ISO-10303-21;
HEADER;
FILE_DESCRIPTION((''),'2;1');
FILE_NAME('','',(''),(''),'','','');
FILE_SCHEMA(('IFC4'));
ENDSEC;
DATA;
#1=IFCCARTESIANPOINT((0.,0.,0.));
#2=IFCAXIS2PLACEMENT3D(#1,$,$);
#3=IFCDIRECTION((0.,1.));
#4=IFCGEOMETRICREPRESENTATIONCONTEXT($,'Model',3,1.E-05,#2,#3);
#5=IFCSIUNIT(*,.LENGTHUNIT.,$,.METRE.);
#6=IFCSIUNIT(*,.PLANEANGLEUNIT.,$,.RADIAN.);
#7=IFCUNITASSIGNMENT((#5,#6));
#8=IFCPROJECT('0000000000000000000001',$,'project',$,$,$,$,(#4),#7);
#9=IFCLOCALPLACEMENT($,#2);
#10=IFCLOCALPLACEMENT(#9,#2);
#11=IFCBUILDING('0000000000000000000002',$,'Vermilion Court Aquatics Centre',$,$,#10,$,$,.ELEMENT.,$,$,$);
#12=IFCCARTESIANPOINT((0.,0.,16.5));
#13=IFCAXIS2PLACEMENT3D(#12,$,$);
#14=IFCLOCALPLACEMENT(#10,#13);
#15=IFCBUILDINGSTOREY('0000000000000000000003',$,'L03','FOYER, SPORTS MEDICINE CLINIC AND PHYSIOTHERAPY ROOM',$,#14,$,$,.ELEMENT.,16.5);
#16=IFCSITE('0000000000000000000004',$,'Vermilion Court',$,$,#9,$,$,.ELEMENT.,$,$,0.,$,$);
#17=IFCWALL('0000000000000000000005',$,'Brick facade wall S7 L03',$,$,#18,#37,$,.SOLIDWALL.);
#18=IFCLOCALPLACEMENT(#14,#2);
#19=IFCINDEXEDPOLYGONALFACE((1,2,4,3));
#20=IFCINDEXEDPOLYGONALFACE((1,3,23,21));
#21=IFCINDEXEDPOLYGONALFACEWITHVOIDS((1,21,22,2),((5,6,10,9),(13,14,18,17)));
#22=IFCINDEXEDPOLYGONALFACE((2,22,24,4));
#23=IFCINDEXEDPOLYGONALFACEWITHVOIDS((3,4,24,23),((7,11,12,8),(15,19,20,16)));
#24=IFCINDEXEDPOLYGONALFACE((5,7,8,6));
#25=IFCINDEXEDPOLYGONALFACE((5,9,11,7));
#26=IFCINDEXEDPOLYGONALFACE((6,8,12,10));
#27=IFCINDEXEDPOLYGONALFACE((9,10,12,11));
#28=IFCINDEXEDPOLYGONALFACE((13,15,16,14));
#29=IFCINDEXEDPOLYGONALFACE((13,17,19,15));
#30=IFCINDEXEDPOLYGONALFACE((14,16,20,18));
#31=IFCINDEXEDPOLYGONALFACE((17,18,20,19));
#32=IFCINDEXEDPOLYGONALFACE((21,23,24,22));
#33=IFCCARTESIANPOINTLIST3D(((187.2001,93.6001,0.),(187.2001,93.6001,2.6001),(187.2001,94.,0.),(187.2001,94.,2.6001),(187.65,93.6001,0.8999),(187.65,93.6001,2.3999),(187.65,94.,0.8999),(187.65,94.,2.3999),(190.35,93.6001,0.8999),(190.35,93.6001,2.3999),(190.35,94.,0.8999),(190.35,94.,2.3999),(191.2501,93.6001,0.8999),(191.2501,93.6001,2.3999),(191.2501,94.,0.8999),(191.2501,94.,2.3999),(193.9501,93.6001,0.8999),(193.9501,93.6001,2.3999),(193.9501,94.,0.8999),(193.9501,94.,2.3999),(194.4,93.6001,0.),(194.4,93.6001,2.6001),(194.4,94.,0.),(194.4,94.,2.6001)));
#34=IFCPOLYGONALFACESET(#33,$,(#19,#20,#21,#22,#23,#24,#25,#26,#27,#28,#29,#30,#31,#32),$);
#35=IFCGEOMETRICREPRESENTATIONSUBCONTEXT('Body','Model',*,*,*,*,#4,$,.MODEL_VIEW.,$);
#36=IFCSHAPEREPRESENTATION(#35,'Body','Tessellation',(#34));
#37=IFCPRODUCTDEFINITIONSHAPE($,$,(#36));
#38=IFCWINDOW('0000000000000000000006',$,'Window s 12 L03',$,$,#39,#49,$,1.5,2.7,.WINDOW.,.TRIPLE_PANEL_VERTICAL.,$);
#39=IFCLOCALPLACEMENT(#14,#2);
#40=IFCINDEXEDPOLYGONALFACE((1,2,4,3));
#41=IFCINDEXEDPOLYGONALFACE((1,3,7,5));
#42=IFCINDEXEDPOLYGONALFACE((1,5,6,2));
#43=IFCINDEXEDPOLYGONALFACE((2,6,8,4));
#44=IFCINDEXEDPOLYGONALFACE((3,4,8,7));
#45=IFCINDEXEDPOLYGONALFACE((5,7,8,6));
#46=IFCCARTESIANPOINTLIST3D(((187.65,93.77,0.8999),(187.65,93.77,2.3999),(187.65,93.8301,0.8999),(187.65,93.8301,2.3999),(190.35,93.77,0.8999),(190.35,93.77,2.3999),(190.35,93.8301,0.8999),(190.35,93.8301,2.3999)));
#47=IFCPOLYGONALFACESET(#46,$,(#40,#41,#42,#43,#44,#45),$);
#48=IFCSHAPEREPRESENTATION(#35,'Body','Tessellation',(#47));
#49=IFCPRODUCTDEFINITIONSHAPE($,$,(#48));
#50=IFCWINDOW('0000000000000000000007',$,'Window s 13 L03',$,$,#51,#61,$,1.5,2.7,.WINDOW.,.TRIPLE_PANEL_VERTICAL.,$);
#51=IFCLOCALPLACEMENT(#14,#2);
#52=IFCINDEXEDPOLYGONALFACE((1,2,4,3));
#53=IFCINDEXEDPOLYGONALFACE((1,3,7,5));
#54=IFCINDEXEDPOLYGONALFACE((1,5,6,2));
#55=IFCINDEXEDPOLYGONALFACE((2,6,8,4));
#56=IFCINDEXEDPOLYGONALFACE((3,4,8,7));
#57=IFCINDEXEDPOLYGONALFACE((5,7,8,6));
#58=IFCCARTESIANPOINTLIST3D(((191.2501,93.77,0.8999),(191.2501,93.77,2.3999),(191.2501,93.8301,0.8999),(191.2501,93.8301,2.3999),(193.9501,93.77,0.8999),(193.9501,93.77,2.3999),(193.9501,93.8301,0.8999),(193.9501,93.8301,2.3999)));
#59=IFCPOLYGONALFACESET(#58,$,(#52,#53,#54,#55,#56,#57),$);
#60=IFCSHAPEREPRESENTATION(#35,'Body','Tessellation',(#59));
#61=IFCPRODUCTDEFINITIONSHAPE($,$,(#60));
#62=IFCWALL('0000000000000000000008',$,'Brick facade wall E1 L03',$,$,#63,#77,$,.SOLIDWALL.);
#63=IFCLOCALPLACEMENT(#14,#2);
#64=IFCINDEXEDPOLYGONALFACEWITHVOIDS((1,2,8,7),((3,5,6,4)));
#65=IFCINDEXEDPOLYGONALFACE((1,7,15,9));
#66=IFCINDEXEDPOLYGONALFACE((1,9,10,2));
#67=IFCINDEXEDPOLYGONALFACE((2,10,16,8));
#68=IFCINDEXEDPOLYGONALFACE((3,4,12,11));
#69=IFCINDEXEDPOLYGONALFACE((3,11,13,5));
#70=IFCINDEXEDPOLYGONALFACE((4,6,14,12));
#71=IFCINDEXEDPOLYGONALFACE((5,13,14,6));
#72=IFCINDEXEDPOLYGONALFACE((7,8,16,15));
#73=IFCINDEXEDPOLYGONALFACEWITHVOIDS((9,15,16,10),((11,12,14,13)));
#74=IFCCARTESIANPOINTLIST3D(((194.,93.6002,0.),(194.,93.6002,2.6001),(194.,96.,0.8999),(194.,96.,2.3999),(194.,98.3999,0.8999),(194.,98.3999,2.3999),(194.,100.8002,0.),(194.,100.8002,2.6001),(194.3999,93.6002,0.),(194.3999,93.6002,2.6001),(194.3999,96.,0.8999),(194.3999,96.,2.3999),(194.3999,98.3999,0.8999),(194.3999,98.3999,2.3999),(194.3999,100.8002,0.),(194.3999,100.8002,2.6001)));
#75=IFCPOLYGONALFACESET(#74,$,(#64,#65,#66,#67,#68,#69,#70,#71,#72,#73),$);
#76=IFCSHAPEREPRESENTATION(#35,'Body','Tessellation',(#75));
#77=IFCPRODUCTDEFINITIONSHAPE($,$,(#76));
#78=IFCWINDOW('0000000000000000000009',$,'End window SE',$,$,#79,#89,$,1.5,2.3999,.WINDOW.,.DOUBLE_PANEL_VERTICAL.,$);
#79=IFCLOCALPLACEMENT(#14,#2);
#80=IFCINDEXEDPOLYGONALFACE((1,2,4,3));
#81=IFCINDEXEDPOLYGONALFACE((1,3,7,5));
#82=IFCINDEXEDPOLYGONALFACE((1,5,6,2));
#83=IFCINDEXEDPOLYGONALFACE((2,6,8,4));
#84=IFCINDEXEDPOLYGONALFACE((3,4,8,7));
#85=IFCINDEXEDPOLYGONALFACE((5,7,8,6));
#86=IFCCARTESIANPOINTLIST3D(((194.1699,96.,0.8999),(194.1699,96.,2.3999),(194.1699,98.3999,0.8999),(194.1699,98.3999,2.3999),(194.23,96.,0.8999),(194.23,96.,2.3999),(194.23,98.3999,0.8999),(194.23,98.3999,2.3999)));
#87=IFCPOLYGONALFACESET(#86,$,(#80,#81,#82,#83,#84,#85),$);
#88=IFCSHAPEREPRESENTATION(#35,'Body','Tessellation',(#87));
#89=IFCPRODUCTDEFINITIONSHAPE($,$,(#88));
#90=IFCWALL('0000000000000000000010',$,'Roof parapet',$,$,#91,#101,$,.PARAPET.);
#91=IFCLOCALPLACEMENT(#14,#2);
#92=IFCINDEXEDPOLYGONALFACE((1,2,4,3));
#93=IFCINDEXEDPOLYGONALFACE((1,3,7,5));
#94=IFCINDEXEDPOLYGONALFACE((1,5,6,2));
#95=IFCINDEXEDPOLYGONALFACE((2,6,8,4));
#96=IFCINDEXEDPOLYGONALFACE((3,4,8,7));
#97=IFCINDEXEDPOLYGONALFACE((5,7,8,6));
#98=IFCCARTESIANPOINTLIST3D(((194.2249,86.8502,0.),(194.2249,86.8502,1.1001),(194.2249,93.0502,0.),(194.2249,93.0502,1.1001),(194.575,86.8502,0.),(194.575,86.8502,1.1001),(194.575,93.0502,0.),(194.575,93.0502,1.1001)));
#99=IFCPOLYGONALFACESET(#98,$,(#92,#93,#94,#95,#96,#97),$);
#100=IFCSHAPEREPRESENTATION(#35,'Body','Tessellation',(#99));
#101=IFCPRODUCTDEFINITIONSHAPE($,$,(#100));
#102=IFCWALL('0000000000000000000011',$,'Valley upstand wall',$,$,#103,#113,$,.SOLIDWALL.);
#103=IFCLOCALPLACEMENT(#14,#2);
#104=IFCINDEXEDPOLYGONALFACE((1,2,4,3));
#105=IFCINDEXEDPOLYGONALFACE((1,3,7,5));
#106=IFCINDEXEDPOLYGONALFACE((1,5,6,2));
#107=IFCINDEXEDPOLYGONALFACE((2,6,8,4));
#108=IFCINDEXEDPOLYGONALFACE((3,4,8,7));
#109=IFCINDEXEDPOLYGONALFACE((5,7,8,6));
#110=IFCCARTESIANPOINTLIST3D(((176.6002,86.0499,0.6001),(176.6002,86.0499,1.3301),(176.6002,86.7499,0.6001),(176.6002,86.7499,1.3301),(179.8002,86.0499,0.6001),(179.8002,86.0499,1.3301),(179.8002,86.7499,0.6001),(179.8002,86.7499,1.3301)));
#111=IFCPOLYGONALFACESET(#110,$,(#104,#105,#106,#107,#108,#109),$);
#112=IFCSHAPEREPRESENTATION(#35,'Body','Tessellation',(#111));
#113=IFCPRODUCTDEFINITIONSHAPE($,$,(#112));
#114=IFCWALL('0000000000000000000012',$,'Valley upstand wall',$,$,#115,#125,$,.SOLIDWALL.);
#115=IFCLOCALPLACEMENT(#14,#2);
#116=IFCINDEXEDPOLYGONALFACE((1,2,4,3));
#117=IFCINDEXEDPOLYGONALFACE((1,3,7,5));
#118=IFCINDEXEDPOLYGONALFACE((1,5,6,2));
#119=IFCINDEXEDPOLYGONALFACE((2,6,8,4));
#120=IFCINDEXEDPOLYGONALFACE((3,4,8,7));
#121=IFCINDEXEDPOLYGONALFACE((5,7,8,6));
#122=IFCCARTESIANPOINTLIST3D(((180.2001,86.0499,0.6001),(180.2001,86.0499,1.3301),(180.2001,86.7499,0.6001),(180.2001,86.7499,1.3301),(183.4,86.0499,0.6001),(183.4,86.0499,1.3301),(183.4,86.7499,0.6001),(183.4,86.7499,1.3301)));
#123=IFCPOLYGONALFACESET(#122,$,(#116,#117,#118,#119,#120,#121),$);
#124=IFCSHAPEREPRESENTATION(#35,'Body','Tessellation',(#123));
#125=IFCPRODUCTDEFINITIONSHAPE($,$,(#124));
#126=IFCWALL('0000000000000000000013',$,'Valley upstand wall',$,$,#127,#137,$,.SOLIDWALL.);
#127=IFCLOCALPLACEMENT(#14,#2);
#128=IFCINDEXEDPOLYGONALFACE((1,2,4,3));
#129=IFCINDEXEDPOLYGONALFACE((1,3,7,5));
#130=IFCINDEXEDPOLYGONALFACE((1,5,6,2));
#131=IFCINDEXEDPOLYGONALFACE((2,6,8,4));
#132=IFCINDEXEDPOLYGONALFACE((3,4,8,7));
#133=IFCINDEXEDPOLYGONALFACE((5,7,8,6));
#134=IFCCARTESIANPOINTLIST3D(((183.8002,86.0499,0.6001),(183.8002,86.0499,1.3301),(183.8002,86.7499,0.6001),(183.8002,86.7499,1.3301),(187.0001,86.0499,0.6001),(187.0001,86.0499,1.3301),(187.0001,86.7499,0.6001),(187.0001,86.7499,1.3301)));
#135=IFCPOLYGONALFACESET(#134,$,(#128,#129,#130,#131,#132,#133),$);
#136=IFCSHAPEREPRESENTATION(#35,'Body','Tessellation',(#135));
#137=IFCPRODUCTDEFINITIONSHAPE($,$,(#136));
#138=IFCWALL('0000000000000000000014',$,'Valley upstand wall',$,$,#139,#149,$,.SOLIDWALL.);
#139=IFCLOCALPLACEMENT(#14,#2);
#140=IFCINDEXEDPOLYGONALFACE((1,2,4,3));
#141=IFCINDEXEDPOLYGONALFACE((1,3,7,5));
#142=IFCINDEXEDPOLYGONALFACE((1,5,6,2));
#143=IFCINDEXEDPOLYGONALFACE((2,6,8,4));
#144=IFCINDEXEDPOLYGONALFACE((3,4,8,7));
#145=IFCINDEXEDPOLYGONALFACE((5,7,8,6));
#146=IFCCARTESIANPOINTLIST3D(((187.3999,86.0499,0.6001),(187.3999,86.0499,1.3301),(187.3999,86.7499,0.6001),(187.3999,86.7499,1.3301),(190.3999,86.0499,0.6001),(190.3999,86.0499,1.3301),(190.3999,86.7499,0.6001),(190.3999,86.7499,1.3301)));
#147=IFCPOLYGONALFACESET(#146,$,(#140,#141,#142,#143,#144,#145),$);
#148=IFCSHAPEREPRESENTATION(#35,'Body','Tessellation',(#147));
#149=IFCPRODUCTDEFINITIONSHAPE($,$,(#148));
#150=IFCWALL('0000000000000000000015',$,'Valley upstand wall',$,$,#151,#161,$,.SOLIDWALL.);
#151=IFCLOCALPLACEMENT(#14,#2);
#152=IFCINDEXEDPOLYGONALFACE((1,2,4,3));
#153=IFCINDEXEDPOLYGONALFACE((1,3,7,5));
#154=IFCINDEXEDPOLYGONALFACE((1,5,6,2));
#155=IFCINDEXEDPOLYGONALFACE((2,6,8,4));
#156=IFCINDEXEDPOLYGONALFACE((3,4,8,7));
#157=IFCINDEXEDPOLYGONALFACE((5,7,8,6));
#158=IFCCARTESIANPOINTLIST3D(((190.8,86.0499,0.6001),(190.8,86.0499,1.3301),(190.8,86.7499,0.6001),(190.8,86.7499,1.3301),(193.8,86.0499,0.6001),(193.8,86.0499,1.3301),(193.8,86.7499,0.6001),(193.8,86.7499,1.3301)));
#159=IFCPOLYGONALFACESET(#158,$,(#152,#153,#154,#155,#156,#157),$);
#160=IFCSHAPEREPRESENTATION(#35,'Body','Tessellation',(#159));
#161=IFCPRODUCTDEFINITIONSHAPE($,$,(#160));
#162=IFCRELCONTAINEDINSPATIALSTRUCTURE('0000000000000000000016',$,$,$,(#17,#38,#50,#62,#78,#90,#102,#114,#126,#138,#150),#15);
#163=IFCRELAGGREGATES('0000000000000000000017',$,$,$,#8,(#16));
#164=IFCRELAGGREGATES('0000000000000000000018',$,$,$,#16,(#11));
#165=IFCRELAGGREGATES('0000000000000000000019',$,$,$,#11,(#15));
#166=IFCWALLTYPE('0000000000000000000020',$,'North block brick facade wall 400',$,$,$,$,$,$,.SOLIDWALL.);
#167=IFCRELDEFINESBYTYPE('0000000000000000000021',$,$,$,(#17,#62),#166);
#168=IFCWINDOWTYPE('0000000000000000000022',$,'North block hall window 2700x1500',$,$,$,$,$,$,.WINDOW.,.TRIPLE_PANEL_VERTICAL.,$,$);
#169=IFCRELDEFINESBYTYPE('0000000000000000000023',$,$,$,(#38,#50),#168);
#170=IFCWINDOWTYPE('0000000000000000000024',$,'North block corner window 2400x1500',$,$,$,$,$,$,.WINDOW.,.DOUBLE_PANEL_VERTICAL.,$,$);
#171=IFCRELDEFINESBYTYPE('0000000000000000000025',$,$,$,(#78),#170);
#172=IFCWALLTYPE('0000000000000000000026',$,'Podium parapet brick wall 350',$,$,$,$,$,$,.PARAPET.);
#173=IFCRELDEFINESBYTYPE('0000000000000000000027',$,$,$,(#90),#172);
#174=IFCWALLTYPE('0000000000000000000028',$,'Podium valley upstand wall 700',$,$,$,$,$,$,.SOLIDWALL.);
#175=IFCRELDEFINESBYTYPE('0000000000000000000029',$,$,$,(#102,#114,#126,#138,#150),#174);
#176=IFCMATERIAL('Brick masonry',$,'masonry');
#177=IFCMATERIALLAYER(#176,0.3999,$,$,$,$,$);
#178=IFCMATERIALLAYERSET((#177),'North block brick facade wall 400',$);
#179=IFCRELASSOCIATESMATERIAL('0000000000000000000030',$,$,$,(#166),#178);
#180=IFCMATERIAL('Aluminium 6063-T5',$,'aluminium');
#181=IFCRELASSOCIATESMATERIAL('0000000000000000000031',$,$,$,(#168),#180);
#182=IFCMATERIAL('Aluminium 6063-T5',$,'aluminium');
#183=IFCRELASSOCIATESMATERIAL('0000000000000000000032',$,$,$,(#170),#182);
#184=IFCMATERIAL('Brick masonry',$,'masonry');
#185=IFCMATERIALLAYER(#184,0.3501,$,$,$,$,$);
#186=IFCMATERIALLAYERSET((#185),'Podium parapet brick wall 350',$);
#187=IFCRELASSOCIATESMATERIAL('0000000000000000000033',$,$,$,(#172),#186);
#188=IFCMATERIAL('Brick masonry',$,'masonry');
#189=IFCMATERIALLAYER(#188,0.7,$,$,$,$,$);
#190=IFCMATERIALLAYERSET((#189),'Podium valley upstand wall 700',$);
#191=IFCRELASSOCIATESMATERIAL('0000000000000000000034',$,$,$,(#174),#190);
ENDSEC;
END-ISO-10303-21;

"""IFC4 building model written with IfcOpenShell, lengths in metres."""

from ifc_helpers import new_model, si_unit, direction, frame, frame_2d, origin, place, context, subcontext, project, spatial, rectangle, extrude, material, layer, layer_set, type_object, element, fill, save


model = new_model("IFC4")

# Units and contexts
model_context = context("Model", 3, precision=1e-05, world=origin(), true_north=direction((0.0, 1.0)))
body_context = subcontext(model_context, "Body", "Model", "MODEL_VIEW")
ifc_project = project(units=[si_unit("LENGTHUNIT", "METRE"), si_unit("PLANEANGLEUNIT", "RADIAN")], contexts=[model_context])

# Site, building, storey
site_placement = place(None, origin())
site = spatial("IfcSite", under=ifc_project, at=site_placement, Name="Vermilion Court", CompositionType="ELEMENT", RefElevation=0.0)
building_placement = place(site_placement, origin())
building = spatial("IfcBuilding", under=site, at=building_placement, Name="Vermilion Court Aquatics Centre", CompositionType="ELEMENT")
storey_placement = place(building_placement, frame((0.0, 0.0, 16.5)))
storey = spatial("IfcBuildingStorey", under=building, at=storey_placement, Name="L03", Description="FOYER, SPORTS MEDICINE CLINIC AND PHYSIOTHERAPY ROOM", CompositionType="ELEMENT", Elevation=16.5)

# Wall, openings, windows
ifc_material_1 = material(Name="Brick masonry", Category="masonry")
ifc_layer_1 = layer(ifc_material_1, 0.3999)
ifc_layer_set_1 = layer_set([ifc_layer_1], Name="North block brick facade wall 400")
wall_type_1 = type_object("IfcWallType", Name="North block brick facade wall 400", PredefinedType="SOLIDWALL", material=ifc_layer_set_1)
ifc_material_2 = material(Name="Aluminium 6063-T5", Category="aluminium")
window_type_1 = type_object("IfcWindowType", Name="North block hall window 2700x1500", PartitioningType="TRIPLE_PANEL_VERTICAL", PredefinedType="WINDOW", material=ifc_material_2)
wall_1_placement = place(storey_placement, frame((187.2, 93.8, 0.0), z_axis=(0.0, 0.0, 1.0), x_axis=(1.0, 0.0, 0.0)))
wall_1 = element("IfcWall", 1, at=wall_1_placement, inside=storey, type_object=wall_type_1, Name="Brick facade wall S7 L03", PredefinedType="SOLIDWALL", context=body_context, shape_type="SweptSolid", body=[
    extrude(rectangle(XDim=7.2, YDim=0.3999, at=frame_2d((3.6001, 0.0))), origin(), (0.0, 0.0, 1.0), 2.6001),
])
opening_1_placement = place(wall_1_placement, frame((0.45, 0.0, 0.8999)))
opening_1 = element("IfcOpeningElement", 2, at=opening_1_placement, cuts=wall_1, PredefinedType="OPENING", context=body_context, shape_type="SweptSolid", body=[
    extrude(rectangle(XDim=2.7, YDim=1.5, at=frame_2d((1.3501, 0.75))), frame((0.0, 0.21, 0.0), z_axis=(0.0, -1.0, 0.0), x_axis=(1.0, 0.0, 0.0)), (0.0, 0.0, 1.0), 0.4199),
])
opening_2_placement = place(wall_1_placement, frame((4.05, 0.0, 0.8999)))
opening_2 = element("IfcOpeningElement", 3, at=opening_2_placement, cuts=wall_1, PredefinedType="OPENING", context=body_context, shape_type="SweptSolid", body=[
    extrude(rectangle(XDim=2.7, YDim=1.5, at=frame_2d((1.3501, 0.75))), frame((0.0, 0.21, 0.0), z_axis=(0.0, -1.0, 0.0), x_axis=(1.0, 0.0, 0.0)), (0.0, 0.0, 1.0), 0.4199),
])
window_1_placement = place(opening_1_placement, origin())
window_1 = element("IfcWindow", 4, at=window_1_placement, inside=storey, type_object=window_type_1, Name="Window s 12 L03", OverallHeight=1.5, OverallWidth=2.7, PartitioningType="TRIPLE_PANEL_VERTICAL", PredefinedType="WINDOW", context=body_context, shape_type="SweptSolid", body=[
    extrude(rectangle(XDim=2.7, YDim=1.5, at=frame_2d((1.3501, 0.75))), frame((0.0, 0.03, 0.0), z_axis=(0.0, -1.0, 0.0), x_axis=(1.0, 0.0, 0.0)), (0.0, 0.0, 1.0), 0.0601),
])
fill(opening_1, window_1)
window_2_placement = place(opening_2_placement, origin())
window_2 = element("IfcWindow", 5, at=window_2_placement, inside=storey, type_object=window_type_1, Name="Window s 13 L03", OverallHeight=1.5, OverallWidth=2.7, PartitioningType="TRIPLE_PANEL_VERTICAL", PredefinedType="WINDOW", context=body_context, shape_type="SweptSolid", body=[
    extrude(rectangle(XDim=2.7, YDim=1.5, at=frame_2d((1.3501, 0.75))), frame((0.0, 0.03, 0.0), z_axis=(0.0, -1.0, 0.0), x_axis=(1.0, 0.0, 0.0)), (0.0, 0.0, 1.0), 0.0601),
])
fill(opening_2, window_2)

# Wall, opening, window
wall_2_placement = place(storey_placement, frame((194.2, 93.6001, 0.0), z_axis=(0.0, 0.0, 1.0), x_axis=(0.0, 1.0, 0.0)))
wall_2 = element("IfcWall", 6, at=wall_2_placement, inside=storey, type_object=wall_type_1, Name="Brick facade wall E1 L03", PredefinedType="SOLIDWALL", context=body_context, shape_type="SweptSolid", body=[
    extrude(rectangle(XDim=7.2, YDim=0.3999, at=frame_2d((3.6001, 0.0))), origin(), (0.0, 0.0, 1.0), 2.6001),
])
opening_3_placement = place(wall_2_placement, frame((2.3999, 0.0, 0.8999)))
opening_3 = element("IfcOpeningElement", 7, at=opening_3_placement, cuts=wall_2, PredefinedType="OPENING", context=body_context, shape_type="SweptSolid", body=[
    extrude(rectangle(XDim=2.3999, YDim=1.5, at=frame_2d((1.2, 0.75))), frame((0.0, 0.21, 0.0), z_axis=(0.0, -1.0, 0.0), x_axis=(1.0, 0.0, 0.0)), (0.0, 0.0, 1.0), 0.4199),
])
ifc_material_3 = material(Name="Aluminium 6063-T5", Category="aluminium")
window_type_2 = type_object("IfcWindowType", Name="North block corner window 2400x1500", PartitioningType="DOUBLE_PANEL_VERTICAL", PredefinedType="WINDOW", material=ifc_material_3)
window_3_placement = place(opening_3_placement, origin())
window_3 = element("IfcWindow", 8, at=window_3_placement, inside=storey, type_object=window_type_2, Name="End window SE", OverallHeight=1.5, OverallWidth=2.3999, PartitioningType="DOUBLE_PANEL_VERTICAL", PredefinedType="WINDOW", context=body_context, shape_type="SweptSolid", body=[
    extrude(rectangle(XDim=2.3999, YDim=1.5, at=frame_2d((1.2, 0.75))), frame((0.0, 0.03, 0.0), z_axis=(0.0, -1.0, 0.0), x_axis=(1.0, 0.0, 0.0)), (0.0, 0.0, 1.0), 0.0601),
])
fill(opening_3, window_3)

# Walls
ifc_material_4 = material(Name="Brick masonry", Category="masonry")
ifc_layer_2 = layer(ifc_material_4, 0.3501)
ifc_layer_set_2 = layer_set([ifc_layer_2], Name="Podium parapet brick wall 350")
wall_type_2 = type_object("IfcWallType", Name="Podium parapet brick wall 350", PredefinedType="PARAPET", material=ifc_layer_set_2)
wall_3_placement = place(storey_placement, frame((194.3999, 86.8501, 0.0), z_axis=(0.0, 0.0, 1.0), x_axis=(0.0, 1.0, 0.0)))
element("IfcWall", 9, at=wall_3_placement, inside=storey, type_object=wall_type_2, Name="Roof parapet", PredefinedType="PARAPET", context=body_context, shape_type="SweptSolid", body=[
    extrude(rectangle(XDim=6.2, YDim=0.3501, at=frame_2d((3.1001, 0.0))), origin(), (0.0, 0.0, 1.0), 1.1001),
])
ifc_material_5 = material(Name="Brick masonry", Category="masonry")
ifc_layer_3 = layer(ifc_material_5, 0.7)
ifc_layer_set_3 = layer_set([ifc_layer_3], Name="Podium valley upstand wall 700")
wall_type_3 = type_object("IfcWallType", Name="Podium valley upstand wall 700", PredefinedType="SOLIDWALL", material=ifc_layer_set_3)
for number, where, z_axis, x_axis, name in (
    (10, (176.6001, 86.3999, 0.6001), (0.0, 0.0, 1.0), (1.0, 0.0, 0.0), "Valley upstand wall"),
    (11, (180.2, 86.3999, 0.6001), (0.0, 0.0, 1.0), (1.0, 0.0, 0.0), "Valley upstand wall"),
    (12, (183.8, 86.3999, 0.6001), (0.0, 0.0, 1.0), (1.0, 0.0, 0.0), "Valley upstand wall"),
):
    element("IfcWall", number, at=place(storey_placement, frame(where, z_axis=z_axis, x_axis=x_axis)), inside=storey, type_object=wall_type_3, Name=name, PredefinedType="SOLIDWALL", context=body_context, shape_type="SweptSolid", body=[
        extrude(rectangle(XDim=3.2, YDim=0.7, at=frame_2d((1.6001, 0.0))), origin(), (0.0, 0.0, 1.0), 0.73),
    ])
for number, where, z_axis, x_axis, name in (
    (13, (187.3999, 86.3999, 0.6001), (0.0, 0.0, 1.0), (1.0, 0.0, 0.0), "Valley upstand wall"),
    (14, (190.8, 86.3999, 0.6001), (0.0, 0.0, 1.0), (1.0, 0.0, 0.0), "Valley upstand wall"),
):
    element("IfcWall", number, at=place(storey_placement, frame(where, z_axis=z_axis, x_axis=x_axis)), inside=storey, type_object=wall_type_3, Name=name, PredefinedType="SOLIDWALL", context=body_context, shape_type="SweptSolid", body=[
        extrude(rectangle(XDim=3.0, YDim=0.7, at=frame_2d((1.5, 0.0))), origin(), (0.0, 0.0, 1.0), 0.73),
    ])

save(model, "model.ifc")
